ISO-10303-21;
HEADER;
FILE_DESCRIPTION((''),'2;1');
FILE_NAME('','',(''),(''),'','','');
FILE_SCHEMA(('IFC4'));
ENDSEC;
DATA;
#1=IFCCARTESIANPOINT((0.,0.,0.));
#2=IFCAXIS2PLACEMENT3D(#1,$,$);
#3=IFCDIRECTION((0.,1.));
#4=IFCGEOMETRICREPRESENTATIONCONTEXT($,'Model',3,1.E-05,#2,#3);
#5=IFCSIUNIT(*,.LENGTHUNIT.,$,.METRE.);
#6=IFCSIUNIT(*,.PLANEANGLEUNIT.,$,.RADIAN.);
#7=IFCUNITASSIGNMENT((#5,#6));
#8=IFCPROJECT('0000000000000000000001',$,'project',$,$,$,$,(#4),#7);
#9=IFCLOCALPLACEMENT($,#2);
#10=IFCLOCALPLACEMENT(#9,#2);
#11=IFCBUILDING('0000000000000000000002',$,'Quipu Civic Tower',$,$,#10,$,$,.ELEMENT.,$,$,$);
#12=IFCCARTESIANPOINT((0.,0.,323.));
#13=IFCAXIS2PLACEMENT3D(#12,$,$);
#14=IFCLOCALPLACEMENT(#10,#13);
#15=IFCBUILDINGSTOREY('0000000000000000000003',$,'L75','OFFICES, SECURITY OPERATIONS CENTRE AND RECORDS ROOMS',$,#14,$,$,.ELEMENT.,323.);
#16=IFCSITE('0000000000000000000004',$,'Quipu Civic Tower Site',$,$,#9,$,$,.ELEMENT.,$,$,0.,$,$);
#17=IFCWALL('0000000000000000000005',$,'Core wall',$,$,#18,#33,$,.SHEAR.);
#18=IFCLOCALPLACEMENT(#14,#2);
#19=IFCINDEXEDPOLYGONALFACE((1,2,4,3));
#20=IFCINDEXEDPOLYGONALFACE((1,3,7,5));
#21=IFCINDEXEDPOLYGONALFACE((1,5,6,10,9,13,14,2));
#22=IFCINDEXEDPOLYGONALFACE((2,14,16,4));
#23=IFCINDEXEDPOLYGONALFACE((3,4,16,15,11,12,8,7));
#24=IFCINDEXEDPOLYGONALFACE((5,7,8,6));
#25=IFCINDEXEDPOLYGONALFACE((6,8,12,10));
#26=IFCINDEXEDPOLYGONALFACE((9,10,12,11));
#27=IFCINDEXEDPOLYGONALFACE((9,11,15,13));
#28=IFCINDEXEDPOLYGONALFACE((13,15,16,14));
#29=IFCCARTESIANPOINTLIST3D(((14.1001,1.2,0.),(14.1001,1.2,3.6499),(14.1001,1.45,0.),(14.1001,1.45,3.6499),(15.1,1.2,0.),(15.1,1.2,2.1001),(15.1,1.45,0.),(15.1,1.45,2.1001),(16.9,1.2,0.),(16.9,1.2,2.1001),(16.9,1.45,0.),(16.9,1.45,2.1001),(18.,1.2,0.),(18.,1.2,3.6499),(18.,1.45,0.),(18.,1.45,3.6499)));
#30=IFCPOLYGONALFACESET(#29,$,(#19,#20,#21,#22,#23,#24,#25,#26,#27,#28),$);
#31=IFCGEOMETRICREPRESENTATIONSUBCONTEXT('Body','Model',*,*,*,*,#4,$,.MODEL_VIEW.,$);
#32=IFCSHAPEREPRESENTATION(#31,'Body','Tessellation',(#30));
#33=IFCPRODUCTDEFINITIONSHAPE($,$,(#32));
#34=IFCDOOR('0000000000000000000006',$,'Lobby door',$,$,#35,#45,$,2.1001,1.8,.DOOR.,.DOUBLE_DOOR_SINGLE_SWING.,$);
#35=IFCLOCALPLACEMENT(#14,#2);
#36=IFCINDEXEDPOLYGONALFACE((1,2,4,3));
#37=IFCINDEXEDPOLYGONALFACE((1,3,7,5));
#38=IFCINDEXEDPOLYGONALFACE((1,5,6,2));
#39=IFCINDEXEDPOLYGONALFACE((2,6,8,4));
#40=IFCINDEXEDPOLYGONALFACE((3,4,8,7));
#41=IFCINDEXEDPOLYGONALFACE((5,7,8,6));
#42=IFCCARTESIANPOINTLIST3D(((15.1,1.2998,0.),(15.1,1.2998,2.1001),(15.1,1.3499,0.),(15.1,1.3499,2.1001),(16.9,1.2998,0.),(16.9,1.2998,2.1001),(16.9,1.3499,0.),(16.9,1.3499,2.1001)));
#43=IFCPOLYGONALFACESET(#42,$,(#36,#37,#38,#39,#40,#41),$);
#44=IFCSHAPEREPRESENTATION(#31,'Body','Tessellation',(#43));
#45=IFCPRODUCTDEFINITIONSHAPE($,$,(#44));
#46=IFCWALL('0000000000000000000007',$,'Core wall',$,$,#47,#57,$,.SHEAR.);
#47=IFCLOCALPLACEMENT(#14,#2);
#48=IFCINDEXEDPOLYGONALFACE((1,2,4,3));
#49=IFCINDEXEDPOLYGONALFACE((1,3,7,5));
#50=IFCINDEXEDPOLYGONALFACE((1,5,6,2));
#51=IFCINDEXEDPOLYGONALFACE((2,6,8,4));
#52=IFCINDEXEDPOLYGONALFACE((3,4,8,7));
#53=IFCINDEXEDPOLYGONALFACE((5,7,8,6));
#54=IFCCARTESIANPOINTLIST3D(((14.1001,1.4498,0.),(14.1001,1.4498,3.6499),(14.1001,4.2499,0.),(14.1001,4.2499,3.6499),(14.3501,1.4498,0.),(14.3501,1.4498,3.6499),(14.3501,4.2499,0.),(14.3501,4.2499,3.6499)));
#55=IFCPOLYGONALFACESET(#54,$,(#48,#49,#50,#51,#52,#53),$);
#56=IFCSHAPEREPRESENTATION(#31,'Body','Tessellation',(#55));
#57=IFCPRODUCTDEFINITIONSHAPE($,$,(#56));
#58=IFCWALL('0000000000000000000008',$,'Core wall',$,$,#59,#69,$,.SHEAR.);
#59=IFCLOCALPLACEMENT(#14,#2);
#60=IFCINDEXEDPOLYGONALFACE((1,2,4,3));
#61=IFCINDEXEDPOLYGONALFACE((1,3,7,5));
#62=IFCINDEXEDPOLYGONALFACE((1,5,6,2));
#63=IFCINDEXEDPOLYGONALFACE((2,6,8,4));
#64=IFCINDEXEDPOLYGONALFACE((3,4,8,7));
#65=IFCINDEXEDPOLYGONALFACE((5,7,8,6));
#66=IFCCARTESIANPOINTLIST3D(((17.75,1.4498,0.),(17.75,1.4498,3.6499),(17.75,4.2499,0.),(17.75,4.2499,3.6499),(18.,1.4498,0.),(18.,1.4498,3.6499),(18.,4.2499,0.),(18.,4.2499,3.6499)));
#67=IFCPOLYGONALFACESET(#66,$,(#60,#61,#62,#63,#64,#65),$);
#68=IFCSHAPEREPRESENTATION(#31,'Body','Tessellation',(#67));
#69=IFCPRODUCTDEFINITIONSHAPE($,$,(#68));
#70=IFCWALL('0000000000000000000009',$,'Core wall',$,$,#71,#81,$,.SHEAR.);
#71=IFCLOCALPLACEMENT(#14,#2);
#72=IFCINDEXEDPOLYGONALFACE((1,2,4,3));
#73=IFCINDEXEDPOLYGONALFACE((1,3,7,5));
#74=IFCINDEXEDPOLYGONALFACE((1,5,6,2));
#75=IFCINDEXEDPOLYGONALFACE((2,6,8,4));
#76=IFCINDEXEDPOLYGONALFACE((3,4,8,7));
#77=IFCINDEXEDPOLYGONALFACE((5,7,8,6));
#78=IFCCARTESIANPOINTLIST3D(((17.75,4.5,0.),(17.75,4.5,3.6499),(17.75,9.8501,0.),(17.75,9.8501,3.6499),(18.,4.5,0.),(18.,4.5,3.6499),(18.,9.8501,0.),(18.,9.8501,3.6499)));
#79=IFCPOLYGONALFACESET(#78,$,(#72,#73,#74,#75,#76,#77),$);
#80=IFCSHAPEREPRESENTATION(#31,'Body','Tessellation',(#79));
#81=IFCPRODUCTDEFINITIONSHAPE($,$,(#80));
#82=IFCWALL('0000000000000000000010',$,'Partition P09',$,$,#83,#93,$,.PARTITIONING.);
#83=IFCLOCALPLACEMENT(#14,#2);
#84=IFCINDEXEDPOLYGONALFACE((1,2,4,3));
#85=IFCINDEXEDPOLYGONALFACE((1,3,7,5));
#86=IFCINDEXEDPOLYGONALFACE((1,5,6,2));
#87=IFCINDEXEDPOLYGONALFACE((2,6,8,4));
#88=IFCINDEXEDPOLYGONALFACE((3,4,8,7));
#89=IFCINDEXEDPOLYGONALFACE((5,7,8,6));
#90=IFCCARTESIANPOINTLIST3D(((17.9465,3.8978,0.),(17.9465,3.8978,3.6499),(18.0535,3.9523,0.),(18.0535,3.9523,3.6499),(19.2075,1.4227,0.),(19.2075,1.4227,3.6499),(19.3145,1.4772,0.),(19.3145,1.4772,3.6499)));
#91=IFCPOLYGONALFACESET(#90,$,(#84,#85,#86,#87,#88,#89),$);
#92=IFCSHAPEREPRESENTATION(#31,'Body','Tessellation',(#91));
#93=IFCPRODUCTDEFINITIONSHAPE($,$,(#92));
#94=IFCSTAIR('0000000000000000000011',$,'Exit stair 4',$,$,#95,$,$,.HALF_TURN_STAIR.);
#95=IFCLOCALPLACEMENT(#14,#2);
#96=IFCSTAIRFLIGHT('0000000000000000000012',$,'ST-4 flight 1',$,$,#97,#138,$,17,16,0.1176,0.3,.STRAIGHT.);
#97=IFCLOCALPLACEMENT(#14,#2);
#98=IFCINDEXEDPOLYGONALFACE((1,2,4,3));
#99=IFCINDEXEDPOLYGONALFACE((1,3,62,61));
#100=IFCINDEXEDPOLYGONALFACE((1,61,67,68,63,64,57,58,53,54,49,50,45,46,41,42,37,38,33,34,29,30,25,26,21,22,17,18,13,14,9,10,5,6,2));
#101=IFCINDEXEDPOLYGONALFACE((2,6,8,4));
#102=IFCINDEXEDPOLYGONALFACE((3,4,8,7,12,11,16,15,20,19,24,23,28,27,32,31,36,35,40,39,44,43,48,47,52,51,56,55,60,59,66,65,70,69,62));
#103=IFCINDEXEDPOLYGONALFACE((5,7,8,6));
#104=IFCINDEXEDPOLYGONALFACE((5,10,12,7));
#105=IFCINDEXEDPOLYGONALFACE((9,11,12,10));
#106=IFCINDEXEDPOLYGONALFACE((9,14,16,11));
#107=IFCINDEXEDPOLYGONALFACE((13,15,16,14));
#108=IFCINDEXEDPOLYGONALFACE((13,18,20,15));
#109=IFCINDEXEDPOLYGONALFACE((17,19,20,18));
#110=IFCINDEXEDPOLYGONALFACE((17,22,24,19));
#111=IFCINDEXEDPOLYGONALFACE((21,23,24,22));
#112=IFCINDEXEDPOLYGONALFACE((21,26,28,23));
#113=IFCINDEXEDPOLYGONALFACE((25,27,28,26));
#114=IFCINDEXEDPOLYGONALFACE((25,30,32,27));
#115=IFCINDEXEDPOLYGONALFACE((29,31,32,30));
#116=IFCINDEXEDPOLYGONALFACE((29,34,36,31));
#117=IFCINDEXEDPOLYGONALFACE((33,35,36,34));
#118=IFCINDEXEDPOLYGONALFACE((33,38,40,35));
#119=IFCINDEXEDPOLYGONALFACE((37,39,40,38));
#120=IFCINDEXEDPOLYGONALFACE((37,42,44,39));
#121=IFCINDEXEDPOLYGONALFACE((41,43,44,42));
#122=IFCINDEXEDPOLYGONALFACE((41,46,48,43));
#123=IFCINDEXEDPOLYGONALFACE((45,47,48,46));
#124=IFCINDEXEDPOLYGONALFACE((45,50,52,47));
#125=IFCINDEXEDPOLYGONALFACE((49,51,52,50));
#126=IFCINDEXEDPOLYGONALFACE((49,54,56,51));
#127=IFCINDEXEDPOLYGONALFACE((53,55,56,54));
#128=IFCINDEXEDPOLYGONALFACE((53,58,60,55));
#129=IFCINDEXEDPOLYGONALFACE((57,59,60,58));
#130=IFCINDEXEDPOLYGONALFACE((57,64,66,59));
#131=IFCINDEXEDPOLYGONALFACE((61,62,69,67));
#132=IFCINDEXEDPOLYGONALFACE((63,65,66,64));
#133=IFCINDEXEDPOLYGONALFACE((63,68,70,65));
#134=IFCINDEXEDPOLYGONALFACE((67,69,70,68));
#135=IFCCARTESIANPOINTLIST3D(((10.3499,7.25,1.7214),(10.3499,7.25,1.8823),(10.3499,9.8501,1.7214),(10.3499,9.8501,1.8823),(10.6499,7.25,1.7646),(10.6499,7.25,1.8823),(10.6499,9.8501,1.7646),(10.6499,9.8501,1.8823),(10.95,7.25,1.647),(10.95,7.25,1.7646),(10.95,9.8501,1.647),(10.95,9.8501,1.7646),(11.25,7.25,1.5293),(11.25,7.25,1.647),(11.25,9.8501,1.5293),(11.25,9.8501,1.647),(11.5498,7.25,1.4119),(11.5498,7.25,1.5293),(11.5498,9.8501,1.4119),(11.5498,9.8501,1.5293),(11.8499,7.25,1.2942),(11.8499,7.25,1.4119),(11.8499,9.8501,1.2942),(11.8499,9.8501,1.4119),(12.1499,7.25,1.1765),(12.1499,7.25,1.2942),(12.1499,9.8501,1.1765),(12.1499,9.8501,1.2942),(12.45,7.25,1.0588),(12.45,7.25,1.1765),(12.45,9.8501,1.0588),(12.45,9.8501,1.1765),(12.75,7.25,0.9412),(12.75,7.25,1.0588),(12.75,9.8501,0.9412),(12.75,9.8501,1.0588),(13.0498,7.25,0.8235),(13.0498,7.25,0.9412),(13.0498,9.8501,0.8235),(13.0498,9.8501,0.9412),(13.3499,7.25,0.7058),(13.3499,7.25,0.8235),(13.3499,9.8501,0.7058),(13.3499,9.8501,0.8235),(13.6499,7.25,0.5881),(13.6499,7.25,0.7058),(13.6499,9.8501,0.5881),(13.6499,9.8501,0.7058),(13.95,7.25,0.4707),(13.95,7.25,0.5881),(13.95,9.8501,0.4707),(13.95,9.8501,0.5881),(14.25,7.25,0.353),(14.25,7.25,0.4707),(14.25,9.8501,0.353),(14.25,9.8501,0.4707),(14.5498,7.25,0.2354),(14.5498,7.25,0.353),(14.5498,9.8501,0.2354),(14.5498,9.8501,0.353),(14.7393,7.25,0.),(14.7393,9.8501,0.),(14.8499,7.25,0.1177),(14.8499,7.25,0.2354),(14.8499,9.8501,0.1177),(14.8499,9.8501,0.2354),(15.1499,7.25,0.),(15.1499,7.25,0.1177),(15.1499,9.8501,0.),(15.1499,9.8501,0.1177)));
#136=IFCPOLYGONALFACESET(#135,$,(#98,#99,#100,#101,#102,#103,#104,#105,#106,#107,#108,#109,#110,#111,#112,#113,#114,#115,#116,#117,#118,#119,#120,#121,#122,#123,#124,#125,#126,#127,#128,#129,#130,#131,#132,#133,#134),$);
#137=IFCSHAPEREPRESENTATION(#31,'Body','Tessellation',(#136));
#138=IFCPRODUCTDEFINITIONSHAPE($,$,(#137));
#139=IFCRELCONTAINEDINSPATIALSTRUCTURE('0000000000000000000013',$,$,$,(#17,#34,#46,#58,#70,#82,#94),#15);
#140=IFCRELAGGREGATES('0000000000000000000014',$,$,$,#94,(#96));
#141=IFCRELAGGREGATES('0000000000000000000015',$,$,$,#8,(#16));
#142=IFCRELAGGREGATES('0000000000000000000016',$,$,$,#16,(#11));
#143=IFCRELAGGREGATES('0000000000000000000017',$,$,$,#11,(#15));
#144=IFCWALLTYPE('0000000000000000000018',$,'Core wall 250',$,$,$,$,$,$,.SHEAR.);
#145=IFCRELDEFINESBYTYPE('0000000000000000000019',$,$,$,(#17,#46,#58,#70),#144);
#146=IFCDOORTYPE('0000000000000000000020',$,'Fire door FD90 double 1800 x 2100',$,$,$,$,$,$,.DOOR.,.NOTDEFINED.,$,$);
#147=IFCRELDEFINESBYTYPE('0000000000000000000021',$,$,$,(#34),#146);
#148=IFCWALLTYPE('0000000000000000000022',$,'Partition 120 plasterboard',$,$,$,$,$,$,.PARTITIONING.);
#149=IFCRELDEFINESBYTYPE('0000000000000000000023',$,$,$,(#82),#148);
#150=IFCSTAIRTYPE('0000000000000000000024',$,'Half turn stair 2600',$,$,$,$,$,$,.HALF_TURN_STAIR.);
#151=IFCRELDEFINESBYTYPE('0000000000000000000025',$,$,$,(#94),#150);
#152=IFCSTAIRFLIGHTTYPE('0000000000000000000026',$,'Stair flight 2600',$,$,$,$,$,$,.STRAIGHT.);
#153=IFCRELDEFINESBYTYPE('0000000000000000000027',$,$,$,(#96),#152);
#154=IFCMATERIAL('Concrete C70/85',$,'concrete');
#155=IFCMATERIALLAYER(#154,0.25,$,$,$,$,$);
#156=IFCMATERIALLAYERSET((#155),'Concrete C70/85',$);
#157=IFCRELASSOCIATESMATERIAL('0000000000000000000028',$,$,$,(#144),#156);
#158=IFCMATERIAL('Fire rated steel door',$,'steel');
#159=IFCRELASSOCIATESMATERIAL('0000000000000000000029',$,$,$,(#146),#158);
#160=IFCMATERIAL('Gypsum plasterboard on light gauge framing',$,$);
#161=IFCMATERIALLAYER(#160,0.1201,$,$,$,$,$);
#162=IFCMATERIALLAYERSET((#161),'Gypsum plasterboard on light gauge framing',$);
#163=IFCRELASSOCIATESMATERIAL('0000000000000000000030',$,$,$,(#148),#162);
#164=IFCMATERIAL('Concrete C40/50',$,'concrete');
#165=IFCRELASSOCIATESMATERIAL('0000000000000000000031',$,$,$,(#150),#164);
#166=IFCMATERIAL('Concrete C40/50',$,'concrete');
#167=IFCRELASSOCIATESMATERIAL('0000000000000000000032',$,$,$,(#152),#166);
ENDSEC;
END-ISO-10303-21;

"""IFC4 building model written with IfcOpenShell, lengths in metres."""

from ifc_helpers import new_model, si_unit, direction, frame, frame_2d, origin, place, context, subcontext, project, spatial, polyline, rectangle, outline, extrude, material, layer, layer_set, type_object, element, fill, aggregate, save


model = new_model("IFC4")

# Units and contexts
model_context = context("Model", 3, precision=1e-05, world=origin(), true_north=direction((0.0, 1.0)))
body_context = subcontext(model_context, "Body", "Model", "MODEL_VIEW")
ifc_project = project(units=[si_unit("LENGTHUNIT", "METRE"), si_unit("PLANEANGLEUNIT", "RADIAN")], contexts=[model_context])

# Site, building, storey
site_placement = place(None, origin())
site = spatial("IfcSite", under=ifc_project, at=site_placement, Name="Quipu Civic Tower Site", CompositionType="ELEMENT", RefElevation=0.0)
building_placement = place(site_placement, origin())
building = spatial("IfcBuilding", under=site, at=building_placement, Name="Quipu Civic Tower", CompositionType="ELEMENT")
storey_placement = place(building_placement, frame((0.0, 0.0, 323.0)))
storey = spatial("IfcBuildingStorey", under=building, at=storey_placement, Name="L75", Description="OFFICES, SECURITY OPERATIONS CENTRE AND RECORDS ROOMS", CompositionType="ELEMENT", Elevation=323.0)

# Wall, opening, door
ifc_material_1 = material(Name="Concrete C70/85", Category="concrete")
ifc_layer_1 = layer(ifc_material_1, 0.25)
ifc_layer_set_1 = layer_set([ifc_layer_1], Name="Concrete C70/85")
wall_type_1 = type_object("IfcWallType", Name="Core wall 250", PredefinedType="SHEAR", material=ifc_layer_set_1)
wall_1_placement = place(storey_placement, frame((14.1001, 1.325, 0.0), z_axis=(0.0, 0.0, 1.0), x_axis=(1.0, 0.0, 0.0)))
wall_1 = element("IfcWall", 1, at=wall_1_placement, inside=storey, type_object=wall_type_1, Name="Core wall", PredefinedType="SHEAR", context=body_context, shape_type="SweptSolid", body=[
    extrude(rectangle(XDim=3.8999, YDim=0.25, at=frame_2d((1.95, 0.0))), origin(), (0.0, 0.0, 1.0), 3.6499),
])
opening_placement = place(wall_1_placement, frame((1.0, 0.0, 0.0)))
opening = element("IfcOpeningElement", 2, at=opening_placement, cuts=wall_1, PredefinedType="OPENING", context=body_context, shape_type="SweptSolid", body=[
    extrude(rectangle(XDim=1.8, YDim=2.1001, at=frame_2d((0.8999, 1.05))), frame((0.0, 0.135, 0.0), z_axis=(0.0, -1.0, 0.0), x_axis=(1.0, 0.0, 0.0)), (0.0, 0.0, 1.0), 0.27),
])
ifc_material_2 = material(Name="Fire rated steel door", Category="steel")
door_type = type_object("IfcDoorType", Name="Fire door FD90 double 1800 x 2100", OperationType="NOTDEFINED", PredefinedType="DOOR", material=ifc_material_2)
door_placement = place(opening_placement, origin())
door = element("IfcDoor", 3, at=door_placement, inside=storey, type_object=door_type, Name="Lobby door", OperationType="DOUBLE_DOOR_SINGLE_SWING", OverallHeight=2.1001, OverallWidth=1.8, PredefinedType="DOOR", context=body_context, shape_type="SweptSolid", body=[
    extrude(rectangle(XDim=1.8, YDim=2.1001, at=frame_2d((0.8999, 1.05))), frame((0.0, 0.0249, 0.0), z_axis=(0.0, -1.0, 0.0), x_axis=(1.0, 0.0, 0.0)), (0.0, 0.0, 1.0), 0.05),
])
fill(opening, door)

# Walls
for number, where, z_axis, x_axis, name in (
    (4, (14.2251, 1.45, 0.0), (0.0, 0.0, 1.0), (0.0, 1.0, 0.0), "Core wall"),
    (5, (17.875, 1.45, 0.0), (0.0, 0.0, 1.0), (0.0, 1.0, 0.0), "Core wall"),
):
    element("IfcWall", number, at=place(storey_placement, frame(where, z_axis=z_axis, x_axis=x_axis)), inside=storey, type_object=wall_type_1, Name=name, PredefinedType="SHEAR", context=body_context, shape_type="SweptSolid", body=[
        extrude(rectangle(XDim=2.8, YDim=0.25, at=frame_2d((1.3999, 0.0))), origin(), (0.0, 0.0, 1.0), 3.6499),
    ])
wall_2_placement = place(storey_placement, frame((17.875, 4.5, 0.0), z_axis=(0.0, 0.0, 1.0), x_axis=(0.0, 1.0, 0.0)))
element("IfcWall", 6, at=wall_2_placement, inside=storey, type_object=wall_type_1, Name="Core wall", PredefinedType="SHEAR", context=body_context, shape_type="SweptSolid", body=[
    extrude(rectangle(XDim=5.3501, YDim=0.25, at=frame_2d((2.675, 0.0))), origin(), (0.0, 0.0, 1.0), 3.6499),
])
ifc_material_3 = material(Name="Gypsum plasterboard on light gauge framing")
ifc_layer_2 = layer(ifc_material_3, 0.1201)
ifc_layer_set_2 = layer_set([ifc_layer_2], Name="Gypsum plasterboard on light gauge framing")
wall_type_2 = type_object("IfcWallType", Name="Partition 120 plasterboard", PredefinedType="PARTITIONING", material=ifc_layer_set_2)
wall_3_placement = place(storey_placement, frame((18.0, 3.925, 0.0), z_axis=(0.0, 0.0, 1.0), x_axis=(0.453951, -0.891027, 0.0)))
element("IfcWall", 7, at=wall_3_placement, inside=storey, type_object=wall_type_2, Name="Partition P09", PredefinedType="PARTITIONING", context=body_context, shape_type="SweptSolid", body=[
    extrude(rectangle(XDim=2.7778, YDim=0.1201, at=frame_2d((1.3889, 0.0))), origin(), (0.0, 0.0, 1.0), 3.6499),
])

# Stair, stair flight
ifc_material_4 = material(Name="Concrete C40/50", Category="concrete")
stair_type = type_object("IfcStairType", Name="Half turn stair 2600", PredefinedType="HALF_TURN_STAIR", material=ifc_material_4)
stair_placement = place(storey_placement, origin())
stair = element("IfcStair", 8, at=stair_placement, inside=storey, type_object=stair_type, Name="Exit stair 4", PredefinedType="HALF_TURN_STAIR")
ifc_material_5 = material(Name="Concrete C40/50", Category="concrete")
stair_flight_type = type_object("IfcStairFlightType", Name="Stair flight 2600", PredefinedType="STRAIGHT", material=ifc_material_5)
stair_flight_placement = place(storey_placement, frame((15.1499, 8.55, 0.0), z_axis=(0.0, 0.0, 1.0), x_axis=(-1.0, 0.0, 0.0)))
stair_flight = element("IfcStairFlight", 9, at=stair_flight_placement, type_object=stair_flight_type, Name="ST-4 flight 1", NumberOfRisers=17, NumberOfTreads=16, PredefinedType="STRAIGHT", RiserHeight=0.1176, TreadLength=0.3, context=body_context, shape_type="SweptSolid", body=[
    extrude(outline(polyline([(0.0, 0.0), (0.0, 0.1177), (0.3, 0.1177), (0.3, 0.2354), (0.6001, 0.2354), (0.6001, 0.353), (0.8999, 0.353), (0.8999, 0.4707), (1.2, 0.4707), (1.2, 0.5881), (1.5, 0.5881), (1.5, 0.7058), (1.8, 0.7058), (1.8, 0.8235), (2.1001, 0.8235), (2.1001, 0.9412), (2.3999, 0.9412), (2.3999, 1.0588), (2.7, 1.0588), (2.7, 1.1765), (3.0, 1.1765), (3.0, 1.2942), (3.3, 1.2942), (3.3, 1.4119), (3.6001, 1.4119), (3.6001, 1.5293), (3.8999, 1.5293), (3.8999, 1.647), (4.2, 1.647), (4.2, 1.7646), (4.5, 1.7646), (4.5, 1.8823), (4.8, 1.8823), (4.8, 2.0), (4.8, 1.7214), (0.4106, 0.0), (0.0, 0.0)])), frame((0.0, 1.3, 0.0), z_axis=(0.0, -1.0, 0.0), x_axis=(1.0, 0.0, 0.0)), (0.0, 0.0, 1.0), 2.6001),
])
aggregate(stair, [stair_flight])

save(model, "model.ifc")
